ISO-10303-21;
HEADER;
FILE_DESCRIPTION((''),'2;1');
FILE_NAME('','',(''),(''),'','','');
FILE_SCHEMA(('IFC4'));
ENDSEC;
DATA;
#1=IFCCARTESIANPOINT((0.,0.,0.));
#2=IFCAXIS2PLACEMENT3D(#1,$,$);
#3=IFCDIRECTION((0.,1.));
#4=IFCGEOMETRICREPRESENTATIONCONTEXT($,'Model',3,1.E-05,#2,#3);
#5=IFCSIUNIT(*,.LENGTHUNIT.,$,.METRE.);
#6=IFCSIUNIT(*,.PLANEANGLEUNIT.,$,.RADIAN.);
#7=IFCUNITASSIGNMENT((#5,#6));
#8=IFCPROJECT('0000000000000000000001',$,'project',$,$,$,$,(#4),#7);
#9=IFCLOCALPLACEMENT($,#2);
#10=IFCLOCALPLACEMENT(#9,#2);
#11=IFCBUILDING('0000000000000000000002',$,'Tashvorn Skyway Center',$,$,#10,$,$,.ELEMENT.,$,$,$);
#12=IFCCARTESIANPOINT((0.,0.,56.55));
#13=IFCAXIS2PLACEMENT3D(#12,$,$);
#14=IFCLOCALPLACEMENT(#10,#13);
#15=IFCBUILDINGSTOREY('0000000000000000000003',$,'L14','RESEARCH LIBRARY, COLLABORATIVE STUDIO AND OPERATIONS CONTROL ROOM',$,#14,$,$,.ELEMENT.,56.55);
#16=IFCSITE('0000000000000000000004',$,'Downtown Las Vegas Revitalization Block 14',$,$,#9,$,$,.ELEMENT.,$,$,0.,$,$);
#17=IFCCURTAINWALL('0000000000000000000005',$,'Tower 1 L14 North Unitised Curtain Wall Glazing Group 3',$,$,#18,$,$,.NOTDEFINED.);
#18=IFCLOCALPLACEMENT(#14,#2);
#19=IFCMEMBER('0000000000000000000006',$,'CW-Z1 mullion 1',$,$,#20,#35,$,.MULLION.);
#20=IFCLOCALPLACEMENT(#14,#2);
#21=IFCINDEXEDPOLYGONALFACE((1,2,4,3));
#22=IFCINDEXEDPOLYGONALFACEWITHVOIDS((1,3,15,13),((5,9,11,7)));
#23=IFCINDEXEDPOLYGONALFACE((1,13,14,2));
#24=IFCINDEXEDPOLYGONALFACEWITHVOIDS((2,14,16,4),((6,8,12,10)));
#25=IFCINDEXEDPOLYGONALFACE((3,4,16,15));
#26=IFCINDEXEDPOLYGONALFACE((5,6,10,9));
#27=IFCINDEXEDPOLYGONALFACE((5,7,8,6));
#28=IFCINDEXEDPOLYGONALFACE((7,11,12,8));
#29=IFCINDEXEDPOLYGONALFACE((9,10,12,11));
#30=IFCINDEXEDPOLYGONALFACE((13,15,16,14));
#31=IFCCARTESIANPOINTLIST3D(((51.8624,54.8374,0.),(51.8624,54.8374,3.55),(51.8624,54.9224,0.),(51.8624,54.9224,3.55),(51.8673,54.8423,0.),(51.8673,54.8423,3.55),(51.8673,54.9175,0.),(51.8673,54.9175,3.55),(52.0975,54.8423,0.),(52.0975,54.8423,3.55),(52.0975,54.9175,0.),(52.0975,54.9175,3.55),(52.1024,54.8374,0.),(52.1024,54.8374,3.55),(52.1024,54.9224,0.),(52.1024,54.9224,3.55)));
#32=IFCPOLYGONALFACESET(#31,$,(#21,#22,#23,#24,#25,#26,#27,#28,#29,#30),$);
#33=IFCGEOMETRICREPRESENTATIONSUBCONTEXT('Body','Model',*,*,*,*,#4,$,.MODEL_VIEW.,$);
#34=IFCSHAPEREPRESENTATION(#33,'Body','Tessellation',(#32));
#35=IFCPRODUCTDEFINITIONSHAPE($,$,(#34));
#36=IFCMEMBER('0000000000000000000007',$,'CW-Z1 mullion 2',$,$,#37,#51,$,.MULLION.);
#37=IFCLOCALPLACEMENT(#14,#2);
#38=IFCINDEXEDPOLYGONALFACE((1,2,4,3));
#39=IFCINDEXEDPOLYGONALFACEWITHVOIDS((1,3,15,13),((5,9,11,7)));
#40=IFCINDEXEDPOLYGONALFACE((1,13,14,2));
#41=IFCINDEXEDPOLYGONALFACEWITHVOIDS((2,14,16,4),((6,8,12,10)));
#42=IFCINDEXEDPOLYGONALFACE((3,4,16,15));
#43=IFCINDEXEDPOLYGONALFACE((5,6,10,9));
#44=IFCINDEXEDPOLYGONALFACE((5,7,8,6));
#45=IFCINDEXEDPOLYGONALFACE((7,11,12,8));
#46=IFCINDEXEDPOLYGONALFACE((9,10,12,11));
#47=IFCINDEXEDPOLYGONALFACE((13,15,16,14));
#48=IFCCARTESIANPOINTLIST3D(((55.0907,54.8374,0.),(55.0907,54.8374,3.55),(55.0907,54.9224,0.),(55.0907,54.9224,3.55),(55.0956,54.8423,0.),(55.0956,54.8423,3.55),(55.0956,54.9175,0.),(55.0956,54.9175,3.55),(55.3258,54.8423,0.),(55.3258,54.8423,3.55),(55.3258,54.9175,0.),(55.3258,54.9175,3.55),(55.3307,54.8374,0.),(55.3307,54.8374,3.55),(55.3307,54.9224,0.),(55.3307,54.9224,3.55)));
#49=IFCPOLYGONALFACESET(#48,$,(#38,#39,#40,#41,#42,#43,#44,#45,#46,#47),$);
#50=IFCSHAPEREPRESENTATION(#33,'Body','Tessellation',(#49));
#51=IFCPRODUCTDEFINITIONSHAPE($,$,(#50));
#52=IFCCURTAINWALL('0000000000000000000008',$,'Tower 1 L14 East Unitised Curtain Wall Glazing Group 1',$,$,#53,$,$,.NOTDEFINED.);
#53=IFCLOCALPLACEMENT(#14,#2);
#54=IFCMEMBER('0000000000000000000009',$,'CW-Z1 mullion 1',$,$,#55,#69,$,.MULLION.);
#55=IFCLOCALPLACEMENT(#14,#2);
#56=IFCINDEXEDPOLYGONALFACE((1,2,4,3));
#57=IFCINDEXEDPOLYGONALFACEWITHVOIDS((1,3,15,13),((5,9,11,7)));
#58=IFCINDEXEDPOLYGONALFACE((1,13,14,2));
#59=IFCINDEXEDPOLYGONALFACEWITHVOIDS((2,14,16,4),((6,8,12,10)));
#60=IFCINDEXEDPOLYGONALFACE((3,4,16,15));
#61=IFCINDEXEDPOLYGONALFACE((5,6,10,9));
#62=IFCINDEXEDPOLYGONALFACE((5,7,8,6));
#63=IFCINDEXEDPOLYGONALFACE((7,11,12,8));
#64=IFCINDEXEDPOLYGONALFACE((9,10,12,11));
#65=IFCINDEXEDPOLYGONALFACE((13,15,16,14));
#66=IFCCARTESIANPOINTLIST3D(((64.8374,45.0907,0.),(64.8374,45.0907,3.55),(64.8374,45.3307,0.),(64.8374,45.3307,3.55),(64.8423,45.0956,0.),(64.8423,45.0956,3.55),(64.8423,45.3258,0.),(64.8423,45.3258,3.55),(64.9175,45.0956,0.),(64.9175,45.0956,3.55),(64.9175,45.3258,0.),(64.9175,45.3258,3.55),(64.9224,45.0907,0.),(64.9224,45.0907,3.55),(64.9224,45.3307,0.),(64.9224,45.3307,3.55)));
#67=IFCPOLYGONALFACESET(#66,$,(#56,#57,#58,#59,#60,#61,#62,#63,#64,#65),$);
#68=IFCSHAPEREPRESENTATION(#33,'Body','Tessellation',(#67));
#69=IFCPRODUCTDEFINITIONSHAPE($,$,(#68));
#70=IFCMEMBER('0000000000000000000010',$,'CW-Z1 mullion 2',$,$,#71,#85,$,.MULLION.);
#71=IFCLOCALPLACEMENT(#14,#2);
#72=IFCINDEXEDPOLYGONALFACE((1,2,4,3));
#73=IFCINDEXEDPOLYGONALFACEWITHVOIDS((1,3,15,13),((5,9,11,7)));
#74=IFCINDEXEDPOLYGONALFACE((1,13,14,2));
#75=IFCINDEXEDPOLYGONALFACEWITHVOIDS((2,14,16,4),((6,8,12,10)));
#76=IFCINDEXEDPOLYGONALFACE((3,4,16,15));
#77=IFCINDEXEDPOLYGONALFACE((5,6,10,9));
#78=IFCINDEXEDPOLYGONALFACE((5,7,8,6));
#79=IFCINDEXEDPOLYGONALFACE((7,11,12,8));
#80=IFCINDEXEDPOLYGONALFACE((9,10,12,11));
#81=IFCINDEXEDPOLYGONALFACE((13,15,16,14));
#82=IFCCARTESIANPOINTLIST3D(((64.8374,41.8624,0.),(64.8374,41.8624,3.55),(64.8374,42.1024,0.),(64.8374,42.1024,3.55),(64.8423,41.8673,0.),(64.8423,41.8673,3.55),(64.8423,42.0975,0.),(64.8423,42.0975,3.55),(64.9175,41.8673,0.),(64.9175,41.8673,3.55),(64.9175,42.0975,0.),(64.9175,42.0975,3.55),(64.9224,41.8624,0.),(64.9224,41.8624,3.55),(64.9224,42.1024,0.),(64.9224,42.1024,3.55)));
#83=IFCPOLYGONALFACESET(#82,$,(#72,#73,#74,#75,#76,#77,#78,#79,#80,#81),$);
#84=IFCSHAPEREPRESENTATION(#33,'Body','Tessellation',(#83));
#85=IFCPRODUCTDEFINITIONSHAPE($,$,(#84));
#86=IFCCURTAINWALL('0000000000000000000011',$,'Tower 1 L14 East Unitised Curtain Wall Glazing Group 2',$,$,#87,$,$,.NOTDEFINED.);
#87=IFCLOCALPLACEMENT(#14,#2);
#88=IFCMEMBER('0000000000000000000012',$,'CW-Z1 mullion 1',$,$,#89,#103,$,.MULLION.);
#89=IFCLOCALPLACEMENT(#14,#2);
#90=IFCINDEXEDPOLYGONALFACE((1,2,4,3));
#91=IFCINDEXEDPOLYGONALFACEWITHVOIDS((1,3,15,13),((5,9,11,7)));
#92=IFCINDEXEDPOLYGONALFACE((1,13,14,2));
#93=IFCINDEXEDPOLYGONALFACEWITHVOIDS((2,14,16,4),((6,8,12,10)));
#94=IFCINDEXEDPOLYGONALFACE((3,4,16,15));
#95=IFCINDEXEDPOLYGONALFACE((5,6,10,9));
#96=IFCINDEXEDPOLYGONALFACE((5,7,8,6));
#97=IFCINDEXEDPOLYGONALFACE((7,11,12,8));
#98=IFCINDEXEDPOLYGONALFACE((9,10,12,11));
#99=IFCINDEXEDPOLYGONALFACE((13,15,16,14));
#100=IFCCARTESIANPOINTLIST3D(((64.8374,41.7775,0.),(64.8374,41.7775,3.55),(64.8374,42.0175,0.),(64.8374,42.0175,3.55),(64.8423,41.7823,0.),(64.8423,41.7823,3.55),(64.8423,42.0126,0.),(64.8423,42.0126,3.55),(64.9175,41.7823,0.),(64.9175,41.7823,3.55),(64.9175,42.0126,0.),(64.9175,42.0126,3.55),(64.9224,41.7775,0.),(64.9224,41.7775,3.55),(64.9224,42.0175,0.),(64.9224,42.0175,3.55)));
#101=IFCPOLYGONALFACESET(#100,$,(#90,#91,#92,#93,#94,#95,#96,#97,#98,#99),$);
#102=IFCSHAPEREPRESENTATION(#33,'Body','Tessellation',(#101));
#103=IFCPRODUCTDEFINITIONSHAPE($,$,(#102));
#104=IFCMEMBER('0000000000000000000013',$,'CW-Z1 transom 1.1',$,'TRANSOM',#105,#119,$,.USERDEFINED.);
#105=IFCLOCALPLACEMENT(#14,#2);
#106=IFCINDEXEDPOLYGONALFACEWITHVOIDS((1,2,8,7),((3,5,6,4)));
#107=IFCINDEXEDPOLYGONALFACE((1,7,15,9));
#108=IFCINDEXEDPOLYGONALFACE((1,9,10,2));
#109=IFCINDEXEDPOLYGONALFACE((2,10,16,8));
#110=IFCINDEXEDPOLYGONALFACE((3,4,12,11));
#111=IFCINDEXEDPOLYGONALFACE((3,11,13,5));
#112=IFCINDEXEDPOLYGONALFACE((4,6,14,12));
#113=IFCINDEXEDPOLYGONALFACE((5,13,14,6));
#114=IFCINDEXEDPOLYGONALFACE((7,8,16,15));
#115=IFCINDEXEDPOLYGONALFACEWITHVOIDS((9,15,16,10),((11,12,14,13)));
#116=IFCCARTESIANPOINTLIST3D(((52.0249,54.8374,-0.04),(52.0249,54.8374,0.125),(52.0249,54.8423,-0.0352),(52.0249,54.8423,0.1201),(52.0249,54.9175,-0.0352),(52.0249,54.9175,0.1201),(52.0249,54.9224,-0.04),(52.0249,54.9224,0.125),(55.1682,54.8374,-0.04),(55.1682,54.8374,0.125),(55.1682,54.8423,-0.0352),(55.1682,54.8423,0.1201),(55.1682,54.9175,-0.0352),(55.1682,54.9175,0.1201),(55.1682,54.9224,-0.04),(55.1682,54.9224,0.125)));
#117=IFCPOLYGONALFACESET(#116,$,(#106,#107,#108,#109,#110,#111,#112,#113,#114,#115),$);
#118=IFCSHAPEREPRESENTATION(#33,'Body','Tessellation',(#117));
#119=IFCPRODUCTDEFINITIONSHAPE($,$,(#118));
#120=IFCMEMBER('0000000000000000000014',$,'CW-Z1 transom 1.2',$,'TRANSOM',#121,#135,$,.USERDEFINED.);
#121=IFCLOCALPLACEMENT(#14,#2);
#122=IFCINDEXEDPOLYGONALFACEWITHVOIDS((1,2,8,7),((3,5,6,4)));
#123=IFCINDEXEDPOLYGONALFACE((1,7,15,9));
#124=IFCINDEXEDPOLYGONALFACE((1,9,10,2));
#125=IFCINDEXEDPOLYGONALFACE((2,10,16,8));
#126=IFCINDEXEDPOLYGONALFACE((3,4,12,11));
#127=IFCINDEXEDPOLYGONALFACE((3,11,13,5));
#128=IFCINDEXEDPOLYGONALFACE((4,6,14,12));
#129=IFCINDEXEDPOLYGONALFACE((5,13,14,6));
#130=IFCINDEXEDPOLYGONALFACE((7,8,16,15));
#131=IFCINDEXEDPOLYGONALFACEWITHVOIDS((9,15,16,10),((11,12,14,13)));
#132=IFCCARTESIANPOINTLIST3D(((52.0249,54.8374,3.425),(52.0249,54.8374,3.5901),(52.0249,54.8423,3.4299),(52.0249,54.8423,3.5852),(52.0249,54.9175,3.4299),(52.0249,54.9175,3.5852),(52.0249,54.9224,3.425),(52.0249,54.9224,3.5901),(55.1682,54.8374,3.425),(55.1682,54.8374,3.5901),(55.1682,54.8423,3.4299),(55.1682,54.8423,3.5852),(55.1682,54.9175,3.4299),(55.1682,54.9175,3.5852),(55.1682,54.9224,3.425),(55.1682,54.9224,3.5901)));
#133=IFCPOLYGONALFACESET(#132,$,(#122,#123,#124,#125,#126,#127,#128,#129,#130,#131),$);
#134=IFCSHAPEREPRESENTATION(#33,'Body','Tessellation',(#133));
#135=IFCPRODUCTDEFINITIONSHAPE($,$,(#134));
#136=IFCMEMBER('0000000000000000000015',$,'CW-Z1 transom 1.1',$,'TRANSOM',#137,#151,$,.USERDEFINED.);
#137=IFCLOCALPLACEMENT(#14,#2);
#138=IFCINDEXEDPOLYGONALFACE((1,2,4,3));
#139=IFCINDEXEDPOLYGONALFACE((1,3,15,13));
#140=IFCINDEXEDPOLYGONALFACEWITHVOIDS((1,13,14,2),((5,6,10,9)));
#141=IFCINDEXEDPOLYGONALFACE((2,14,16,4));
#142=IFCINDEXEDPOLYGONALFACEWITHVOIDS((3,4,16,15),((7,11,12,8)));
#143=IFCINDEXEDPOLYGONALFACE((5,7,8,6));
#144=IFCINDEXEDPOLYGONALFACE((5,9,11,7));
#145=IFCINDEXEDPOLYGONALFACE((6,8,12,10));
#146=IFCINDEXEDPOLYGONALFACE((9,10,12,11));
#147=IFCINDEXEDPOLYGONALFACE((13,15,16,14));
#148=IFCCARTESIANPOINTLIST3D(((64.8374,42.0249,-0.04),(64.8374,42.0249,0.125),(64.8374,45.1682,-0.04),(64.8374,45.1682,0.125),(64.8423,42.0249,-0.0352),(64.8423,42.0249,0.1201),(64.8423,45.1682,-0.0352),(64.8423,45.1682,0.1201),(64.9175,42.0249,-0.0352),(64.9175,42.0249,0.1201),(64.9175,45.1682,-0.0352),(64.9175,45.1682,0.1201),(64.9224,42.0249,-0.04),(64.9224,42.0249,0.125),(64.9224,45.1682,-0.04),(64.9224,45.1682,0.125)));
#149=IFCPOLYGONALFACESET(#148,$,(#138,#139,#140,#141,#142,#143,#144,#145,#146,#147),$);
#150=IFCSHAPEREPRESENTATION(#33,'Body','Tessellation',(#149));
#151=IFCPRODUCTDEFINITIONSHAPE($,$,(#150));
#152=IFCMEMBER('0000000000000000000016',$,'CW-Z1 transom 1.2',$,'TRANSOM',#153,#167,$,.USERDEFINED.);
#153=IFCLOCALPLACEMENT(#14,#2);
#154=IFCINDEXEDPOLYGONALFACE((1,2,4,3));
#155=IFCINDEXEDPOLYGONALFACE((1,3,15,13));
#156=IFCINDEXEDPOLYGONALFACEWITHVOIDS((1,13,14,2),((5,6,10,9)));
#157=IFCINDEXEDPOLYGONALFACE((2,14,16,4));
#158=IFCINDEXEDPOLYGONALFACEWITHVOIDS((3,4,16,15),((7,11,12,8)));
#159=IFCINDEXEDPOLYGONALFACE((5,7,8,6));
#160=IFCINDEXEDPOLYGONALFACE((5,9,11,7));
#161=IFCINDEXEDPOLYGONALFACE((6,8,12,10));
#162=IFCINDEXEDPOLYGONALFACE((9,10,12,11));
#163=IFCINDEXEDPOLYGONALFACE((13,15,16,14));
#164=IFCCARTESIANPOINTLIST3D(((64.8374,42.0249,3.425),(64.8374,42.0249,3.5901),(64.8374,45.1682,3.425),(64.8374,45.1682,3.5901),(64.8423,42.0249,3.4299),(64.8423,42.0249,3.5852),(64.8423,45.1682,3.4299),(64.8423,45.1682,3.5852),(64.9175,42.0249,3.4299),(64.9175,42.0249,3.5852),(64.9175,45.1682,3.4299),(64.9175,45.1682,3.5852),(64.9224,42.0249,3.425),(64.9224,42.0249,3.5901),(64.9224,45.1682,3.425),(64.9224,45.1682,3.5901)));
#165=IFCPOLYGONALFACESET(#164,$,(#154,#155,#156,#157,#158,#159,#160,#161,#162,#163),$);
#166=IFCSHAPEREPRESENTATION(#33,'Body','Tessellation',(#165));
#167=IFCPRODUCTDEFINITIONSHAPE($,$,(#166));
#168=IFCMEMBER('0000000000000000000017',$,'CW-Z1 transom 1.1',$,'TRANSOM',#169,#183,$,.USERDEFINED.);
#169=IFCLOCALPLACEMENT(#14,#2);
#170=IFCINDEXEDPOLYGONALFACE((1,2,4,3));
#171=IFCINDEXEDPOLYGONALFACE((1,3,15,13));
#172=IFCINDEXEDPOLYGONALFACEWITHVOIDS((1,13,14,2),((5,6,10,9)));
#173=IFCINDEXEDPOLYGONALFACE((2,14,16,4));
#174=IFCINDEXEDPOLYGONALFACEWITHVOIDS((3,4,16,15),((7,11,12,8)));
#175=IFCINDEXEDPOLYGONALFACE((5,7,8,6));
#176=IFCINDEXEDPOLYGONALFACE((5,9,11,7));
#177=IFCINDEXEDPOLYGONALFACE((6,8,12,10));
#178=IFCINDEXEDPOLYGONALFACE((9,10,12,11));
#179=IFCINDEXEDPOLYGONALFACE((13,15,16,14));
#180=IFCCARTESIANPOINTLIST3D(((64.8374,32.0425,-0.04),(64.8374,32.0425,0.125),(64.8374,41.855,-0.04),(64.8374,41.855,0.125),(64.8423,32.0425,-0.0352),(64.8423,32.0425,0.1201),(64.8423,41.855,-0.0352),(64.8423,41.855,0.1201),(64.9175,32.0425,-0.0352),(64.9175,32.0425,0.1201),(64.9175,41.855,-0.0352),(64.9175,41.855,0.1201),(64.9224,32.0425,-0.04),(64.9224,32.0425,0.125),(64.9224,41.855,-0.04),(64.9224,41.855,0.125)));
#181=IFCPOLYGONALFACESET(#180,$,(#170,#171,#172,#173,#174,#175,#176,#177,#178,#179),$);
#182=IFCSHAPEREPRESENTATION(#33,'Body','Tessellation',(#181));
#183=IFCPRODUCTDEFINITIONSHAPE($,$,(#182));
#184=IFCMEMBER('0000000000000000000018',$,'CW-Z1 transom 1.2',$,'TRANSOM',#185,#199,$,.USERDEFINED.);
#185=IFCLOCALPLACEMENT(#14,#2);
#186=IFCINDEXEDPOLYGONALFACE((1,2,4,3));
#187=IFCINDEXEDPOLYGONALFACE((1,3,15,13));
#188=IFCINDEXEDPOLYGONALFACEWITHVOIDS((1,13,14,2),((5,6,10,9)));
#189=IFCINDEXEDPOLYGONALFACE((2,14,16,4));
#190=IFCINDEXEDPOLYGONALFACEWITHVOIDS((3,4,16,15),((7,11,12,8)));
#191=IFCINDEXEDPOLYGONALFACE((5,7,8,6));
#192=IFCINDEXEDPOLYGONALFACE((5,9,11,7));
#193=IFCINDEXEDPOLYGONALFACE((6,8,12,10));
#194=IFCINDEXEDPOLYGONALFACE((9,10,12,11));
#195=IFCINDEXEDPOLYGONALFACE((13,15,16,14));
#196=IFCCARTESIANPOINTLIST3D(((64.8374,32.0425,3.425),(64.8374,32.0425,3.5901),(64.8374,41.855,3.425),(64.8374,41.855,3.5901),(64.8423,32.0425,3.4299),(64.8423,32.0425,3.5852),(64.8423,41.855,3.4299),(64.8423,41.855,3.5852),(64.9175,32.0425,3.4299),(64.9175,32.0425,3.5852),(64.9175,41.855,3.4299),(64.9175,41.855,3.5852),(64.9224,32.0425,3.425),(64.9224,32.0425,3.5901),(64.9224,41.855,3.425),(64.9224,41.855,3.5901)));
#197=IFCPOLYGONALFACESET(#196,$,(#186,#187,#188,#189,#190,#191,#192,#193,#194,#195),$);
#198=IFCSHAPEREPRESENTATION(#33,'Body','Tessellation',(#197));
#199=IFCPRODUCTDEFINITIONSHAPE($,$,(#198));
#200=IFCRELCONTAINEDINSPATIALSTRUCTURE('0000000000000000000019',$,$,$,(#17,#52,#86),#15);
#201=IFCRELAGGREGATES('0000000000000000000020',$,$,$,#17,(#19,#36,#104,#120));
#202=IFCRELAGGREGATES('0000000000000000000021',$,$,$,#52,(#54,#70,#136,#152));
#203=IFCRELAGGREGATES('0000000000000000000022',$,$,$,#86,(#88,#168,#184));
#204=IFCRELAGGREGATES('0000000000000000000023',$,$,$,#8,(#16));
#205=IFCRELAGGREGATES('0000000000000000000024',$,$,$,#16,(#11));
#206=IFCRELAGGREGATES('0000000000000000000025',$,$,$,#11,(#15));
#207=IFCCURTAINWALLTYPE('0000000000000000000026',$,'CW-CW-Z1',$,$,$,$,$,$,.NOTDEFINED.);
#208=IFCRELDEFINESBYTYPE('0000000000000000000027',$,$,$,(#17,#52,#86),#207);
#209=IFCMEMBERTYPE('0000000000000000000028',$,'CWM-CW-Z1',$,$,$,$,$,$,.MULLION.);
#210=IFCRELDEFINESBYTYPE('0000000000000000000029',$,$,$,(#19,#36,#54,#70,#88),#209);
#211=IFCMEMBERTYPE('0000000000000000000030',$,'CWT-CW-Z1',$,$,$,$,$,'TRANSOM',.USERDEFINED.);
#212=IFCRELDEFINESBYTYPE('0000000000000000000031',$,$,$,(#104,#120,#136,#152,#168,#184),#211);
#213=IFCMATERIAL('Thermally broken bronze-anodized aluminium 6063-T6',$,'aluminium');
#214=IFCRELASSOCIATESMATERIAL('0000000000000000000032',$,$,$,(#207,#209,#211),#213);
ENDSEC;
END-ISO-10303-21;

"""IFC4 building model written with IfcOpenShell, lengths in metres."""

from ifc_helpers import new_model, si_unit, direction, frame, origin, origin_2d, place, context, subcontext, project, spatial, hollow_rectangle, extrude, material, material_profile, profile_set, type_object, element, aggregate, save


model = new_model("IFC4")

# Units and contexts
model_context = context("Model", 3, precision=1e-05, world=origin(), true_north=direction((0.0, 1.0)))
body_context = subcontext(model_context, "Body", "Model", "MODEL_VIEW")
ifc_project = project(units=[si_unit("LENGTHUNIT", "METRE"), si_unit("PLANEANGLEUNIT", "RADIAN")], contexts=[model_context])

# Site, building, storey
site_placement = place(None, origin())
site = spatial("IfcSite", under=ifc_project, at=site_placement, Name="Downtown Las Vegas Revitalization Block 14", CompositionType="ELEMENT", RefElevation=0.0)
building_placement = place(site_placement, origin())
building = spatial("IfcBuilding", under=site, at=building_placement, Name="Tashvorn Skyway Center", CompositionType="ELEMENT")
storey_placement = place(building_placement, frame((0.0, 0.0, 56.55)))
storey = spatial("IfcBuildingStorey", under=building, at=storey_placement, Name="L14", Description="RESEARCH LIBRARY, COLLABORATIVE STUDIO AND OPERATIONS CONTROL ROOM", CompositionType="ELEMENT", Elevation=56.55)

# Shared definitions
ifc_material_1 = material(Name="Thermally broken bronze-anodized aluminium 6063-T6", Category="aluminium")
curtain_wall_type = type_object("IfcCurtainWallType", Name="CW-CW-Z1", PredefinedType="NOTDEFINED", material=ifc_material_1)
ifc_material_profile_1 = material_profile(ifc_material_1, hollow_rectangle(XDim=0.085, YDim=0.24, WallThickness=0.0049, at=origin_2d()), Name="ALU-MULL-85x240")
ifc_profile_set_1 = profile_set([ifc_material_profile_1], Name="Thermally broken bronze-anodized aluminium 6063-T6")
member_type_1 = type_object("IfcMemberType", Name="CWM-CW-Z1", PredefinedType="MULLION", material=ifc_profile_set_1)

# Curtain walls, members
curtain_wall_1_placement = place(storey_placement, origin())
curtain_wall_1 = element("IfcCurtainWall", 1, at=curtain_wall_1_placement, inside=storey, type_object=curtain_wall_type, Name="Tower 1 L14 North Unitised Curtain Wall Glazing Group 3", PredefinedType="NOTDEFINED")
member_1_placement = place(storey_placement, frame((51.9824, 54.8799, 0.0), z_axis=(0.0, 0.0, 1.0), x_axis=(0.0, 1.0, 0.0)))
member_1 = element("IfcMember", 2, at=member_1_placement, type_object=member_type_1, Name="CW-Z1 mullion 1", PredefinedType="MULLION", context=body_context, shape_type="SweptSolid", body=[
    extrude(hollow_rectangle(XDim=0.085, YDim=0.24, WallThickness=0.0049, at=origin_2d()), origin(), (0.0, 0.0, 1.0), 3.55),
])
member_2_placement = place(storey_placement, frame((55.2107, 54.8799, 0.0), z_axis=(0.0, 0.0, 1.0), x_axis=(0.0, 1.0, 0.0)))
member_2 = element("IfcMember", 3, at=member_2_placement, type_object=member_type_1, Name="CW-Z1 mullion 2", PredefinedType="MULLION", context=body_context, shape_type="SweptSolid", body=[
    extrude(hollow_rectangle(XDim=0.085, YDim=0.24, WallThickness=0.0049, at=origin_2d()), origin(), (0.0, 0.0, 1.0), 3.55),
])
curtain_wall_2_placement = place(storey_placement, origin())
curtain_wall_2 = element("IfcCurtainWall", 4, at=curtain_wall_2_placement, inside=storey, type_object=curtain_wall_type, Name="Tower 1 L14 East Unitised Curtain Wall Glazing Group 1", PredefinedType="NOTDEFINED")
member_3_placement = place(storey_placement, frame((64.8799, 45.2107, 0.0), z_axis=(0.0, 0.0, 1.0), x_axis=(1.0, 0.0, 0.0)))
member_3 = element("IfcMember", 5, at=member_3_placement, type_object=member_type_1, Name="CW-Z1 mullion 1", PredefinedType="MULLION", context=body_context, shape_type="SweptSolid", body=[
    extrude(hollow_rectangle(XDim=0.085, YDim=0.24, WallThickness=0.0049, at=origin_2d()), origin(), (0.0, 0.0, 1.0), 3.55),
])
member_4_placement = place(storey_placement, frame((64.8799, 41.9824, 0.0), z_axis=(0.0, 0.0, 1.0), x_axis=(1.0, 0.0, 0.0)))
member_4 = element("IfcMember", 6, at=member_4_placement, type_object=member_type_1, Name="CW-Z1 mullion 2", PredefinedType="MULLION", context=body_context, shape_type="SweptSolid", body=[
    extrude(hollow_rectangle(XDim=0.085, YDim=0.24, WallThickness=0.0049, at=origin_2d()), origin(), (0.0, 0.0, 1.0), 3.55),
])

# Curtain wall, member
curtain_wall_3_placement = place(storey_placement, origin())
curtain_wall_3 = element("IfcCurtainWall", 7, at=curtain_wall_3_placement, inside=storey, type_object=curtain_wall_type, Name="Tower 1 L14 East Unitised Curtain Wall Glazing Group 2", PredefinedType="NOTDEFINED")
member_5_placement = place(storey_placement, frame((64.8799, 41.8975, 0.0), z_axis=(0.0, 0.0, 1.0), x_axis=(1.0, 0.0, 0.0)))
member_5 = element("IfcMember", 8, at=member_5_placement, type_object=member_type_1, Name="CW-Z1 mullion 1", PredefinedType="MULLION", context=body_context, shape_type="SweptSolid", body=[
    extrude(hollow_rectangle(XDim=0.085, YDim=0.24, WallThickness=0.0049, at=origin_2d()), origin(), (0.0, 0.0, 1.0), 3.55),
])

# Members
ifc_material_profile_2 = material_profile(ifc_material_1, hollow_rectangle(XDim=0.085, YDim=0.165, WallThickness=0.0049, at=origin_2d()), Name="ALU-TRAN-85x165")
ifc_profile_set_2 = profile_set([ifc_material_profile_2], Name="Thermally broken bronze-anodized aluminium 6063-T6")
member_type_2 = type_object("IfcMemberType", Name="CWT-CW-Z1", ElementType="TRANSOM", PredefinedType="USERDEFINED", material=ifc_profile_set_2)
member_6_placement = place(storey_placement, frame((52.0249, 54.8799, 0.0425), z_axis=(1.0, 0.0, 0.0), x_axis=(0.0, 1.0, 0.0)))
member_6 = element("IfcMember", 9, at=member_6_placement, type_object=member_type_2, Name="CW-Z1 transom 1.1", ObjectType="TRANSOM", PredefinedType="USERDEFINED", context=body_context, shape_type="SweptSolid", body=[
    extrude(hollow_rectangle(XDim=0.085, YDim=0.165, WallThickness=0.0049, at=origin_2d()), origin(), (0.0, 0.0, 1.0), 3.1433),
])
member_7_placement = place(storey_placement, frame((52.0249, 54.8799, 3.5076), z_axis=(1.0, 0.0, 0.0), x_axis=(0.0, 1.0, 0.0)))
member_7 = element("IfcMember", 10, at=member_7_placement, type_object=member_type_2, Name="CW-Z1 transom 1.2", ObjectType="TRANSOM", PredefinedType="USERDEFINED", context=body_context, shape_type="SweptSolid", body=[
    extrude(hollow_rectangle(XDim=0.085, YDim=0.165, WallThickness=0.0049, at=origin_2d()), origin(), (0.0, 0.0, 1.0), 3.1433),
])
member_8_placement = place(storey_placement, frame((64.8799, 45.1682, 0.0425), z_axis=(0.0, -1.0, 0.0), x_axis=(1.0, 0.0, 0.0)))
member_8 = element("IfcMember", 11, at=member_8_placement, type_object=member_type_2, Name="CW-Z1 transom 1.1", ObjectType="TRANSOM", PredefinedType="USERDEFINED", context=body_context, shape_type="SweptSolid", body=[
    extrude(hollow_rectangle(XDim=0.085, YDim=0.165, WallThickness=0.0049, at=origin_2d()), origin(), (0.0, 0.0, 1.0), 3.1433),
])
member_9_placement = place(storey_placement, frame((64.8799, 45.1682, 3.5076), z_axis=(0.0, -1.0, 0.0), x_axis=(1.0, 0.0, 0.0)))
member_9 = element("IfcMember", 12, at=member_9_placement, type_object=member_type_2, Name="CW-Z1 transom 1.2", ObjectType="TRANSOM", PredefinedType="USERDEFINED", context=body_context, shape_type="SweptSolid", body=[
    extrude(hollow_rectangle(XDim=0.085, YDim=0.165, WallThickness=0.0049, at=origin_2d()), origin(), (0.0, 0.0, 1.0), 3.1433),
])
member_10_placement = place(storey_placement, frame((64.8799, 41.855, 0.0425), z_axis=(0.0, -1.0, 0.0), x_axis=(1.0, 0.0, 0.0)))
member_10 = element("IfcMember", 13, at=member_10_placement, type_object=member_type_2, Name="CW-Z1 transom 1.1", ObjectType="TRANSOM", PredefinedType="USERDEFINED", context=body_context, shape_type="SweptSolid", body=[
    extrude(hollow_rectangle(XDim=0.085, YDim=0.165, WallThickness=0.0049, at=origin_2d()), origin(), (0.0, 0.0, 1.0), 9.8125),
])
member_11_placement = place(storey_placement, frame((64.8799, 41.855, 3.5076), z_axis=(0.0, -1.0, 0.0), x_axis=(1.0, 0.0, 0.0)))
member_11 = element("IfcMember", 14, at=member_11_placement, type_object=member_type_2, Name="CW-Z1 transom 1.2", ObjectType="TRANSOM", PredefinedType="USERDEFINED", context=body_context, shape_type="SweptSolid", body=[
    extrude(hollow_rectangle(XDim=0.085, YDim=0.165, WallThickness=0.0049, at=origin_2d()), origin(), (0.0, 0.0, 1.0), 9.8125),
])

aggregate(curtain_wall_1, [member_1, member_2, member_6, member_7])
aggregate(curtain_wall_2, [member_3, member_4, member_8, member_9])
aggregate(curtain_wall_3, [member_5, member_10, member_11])

save(model, "model.ifc")
